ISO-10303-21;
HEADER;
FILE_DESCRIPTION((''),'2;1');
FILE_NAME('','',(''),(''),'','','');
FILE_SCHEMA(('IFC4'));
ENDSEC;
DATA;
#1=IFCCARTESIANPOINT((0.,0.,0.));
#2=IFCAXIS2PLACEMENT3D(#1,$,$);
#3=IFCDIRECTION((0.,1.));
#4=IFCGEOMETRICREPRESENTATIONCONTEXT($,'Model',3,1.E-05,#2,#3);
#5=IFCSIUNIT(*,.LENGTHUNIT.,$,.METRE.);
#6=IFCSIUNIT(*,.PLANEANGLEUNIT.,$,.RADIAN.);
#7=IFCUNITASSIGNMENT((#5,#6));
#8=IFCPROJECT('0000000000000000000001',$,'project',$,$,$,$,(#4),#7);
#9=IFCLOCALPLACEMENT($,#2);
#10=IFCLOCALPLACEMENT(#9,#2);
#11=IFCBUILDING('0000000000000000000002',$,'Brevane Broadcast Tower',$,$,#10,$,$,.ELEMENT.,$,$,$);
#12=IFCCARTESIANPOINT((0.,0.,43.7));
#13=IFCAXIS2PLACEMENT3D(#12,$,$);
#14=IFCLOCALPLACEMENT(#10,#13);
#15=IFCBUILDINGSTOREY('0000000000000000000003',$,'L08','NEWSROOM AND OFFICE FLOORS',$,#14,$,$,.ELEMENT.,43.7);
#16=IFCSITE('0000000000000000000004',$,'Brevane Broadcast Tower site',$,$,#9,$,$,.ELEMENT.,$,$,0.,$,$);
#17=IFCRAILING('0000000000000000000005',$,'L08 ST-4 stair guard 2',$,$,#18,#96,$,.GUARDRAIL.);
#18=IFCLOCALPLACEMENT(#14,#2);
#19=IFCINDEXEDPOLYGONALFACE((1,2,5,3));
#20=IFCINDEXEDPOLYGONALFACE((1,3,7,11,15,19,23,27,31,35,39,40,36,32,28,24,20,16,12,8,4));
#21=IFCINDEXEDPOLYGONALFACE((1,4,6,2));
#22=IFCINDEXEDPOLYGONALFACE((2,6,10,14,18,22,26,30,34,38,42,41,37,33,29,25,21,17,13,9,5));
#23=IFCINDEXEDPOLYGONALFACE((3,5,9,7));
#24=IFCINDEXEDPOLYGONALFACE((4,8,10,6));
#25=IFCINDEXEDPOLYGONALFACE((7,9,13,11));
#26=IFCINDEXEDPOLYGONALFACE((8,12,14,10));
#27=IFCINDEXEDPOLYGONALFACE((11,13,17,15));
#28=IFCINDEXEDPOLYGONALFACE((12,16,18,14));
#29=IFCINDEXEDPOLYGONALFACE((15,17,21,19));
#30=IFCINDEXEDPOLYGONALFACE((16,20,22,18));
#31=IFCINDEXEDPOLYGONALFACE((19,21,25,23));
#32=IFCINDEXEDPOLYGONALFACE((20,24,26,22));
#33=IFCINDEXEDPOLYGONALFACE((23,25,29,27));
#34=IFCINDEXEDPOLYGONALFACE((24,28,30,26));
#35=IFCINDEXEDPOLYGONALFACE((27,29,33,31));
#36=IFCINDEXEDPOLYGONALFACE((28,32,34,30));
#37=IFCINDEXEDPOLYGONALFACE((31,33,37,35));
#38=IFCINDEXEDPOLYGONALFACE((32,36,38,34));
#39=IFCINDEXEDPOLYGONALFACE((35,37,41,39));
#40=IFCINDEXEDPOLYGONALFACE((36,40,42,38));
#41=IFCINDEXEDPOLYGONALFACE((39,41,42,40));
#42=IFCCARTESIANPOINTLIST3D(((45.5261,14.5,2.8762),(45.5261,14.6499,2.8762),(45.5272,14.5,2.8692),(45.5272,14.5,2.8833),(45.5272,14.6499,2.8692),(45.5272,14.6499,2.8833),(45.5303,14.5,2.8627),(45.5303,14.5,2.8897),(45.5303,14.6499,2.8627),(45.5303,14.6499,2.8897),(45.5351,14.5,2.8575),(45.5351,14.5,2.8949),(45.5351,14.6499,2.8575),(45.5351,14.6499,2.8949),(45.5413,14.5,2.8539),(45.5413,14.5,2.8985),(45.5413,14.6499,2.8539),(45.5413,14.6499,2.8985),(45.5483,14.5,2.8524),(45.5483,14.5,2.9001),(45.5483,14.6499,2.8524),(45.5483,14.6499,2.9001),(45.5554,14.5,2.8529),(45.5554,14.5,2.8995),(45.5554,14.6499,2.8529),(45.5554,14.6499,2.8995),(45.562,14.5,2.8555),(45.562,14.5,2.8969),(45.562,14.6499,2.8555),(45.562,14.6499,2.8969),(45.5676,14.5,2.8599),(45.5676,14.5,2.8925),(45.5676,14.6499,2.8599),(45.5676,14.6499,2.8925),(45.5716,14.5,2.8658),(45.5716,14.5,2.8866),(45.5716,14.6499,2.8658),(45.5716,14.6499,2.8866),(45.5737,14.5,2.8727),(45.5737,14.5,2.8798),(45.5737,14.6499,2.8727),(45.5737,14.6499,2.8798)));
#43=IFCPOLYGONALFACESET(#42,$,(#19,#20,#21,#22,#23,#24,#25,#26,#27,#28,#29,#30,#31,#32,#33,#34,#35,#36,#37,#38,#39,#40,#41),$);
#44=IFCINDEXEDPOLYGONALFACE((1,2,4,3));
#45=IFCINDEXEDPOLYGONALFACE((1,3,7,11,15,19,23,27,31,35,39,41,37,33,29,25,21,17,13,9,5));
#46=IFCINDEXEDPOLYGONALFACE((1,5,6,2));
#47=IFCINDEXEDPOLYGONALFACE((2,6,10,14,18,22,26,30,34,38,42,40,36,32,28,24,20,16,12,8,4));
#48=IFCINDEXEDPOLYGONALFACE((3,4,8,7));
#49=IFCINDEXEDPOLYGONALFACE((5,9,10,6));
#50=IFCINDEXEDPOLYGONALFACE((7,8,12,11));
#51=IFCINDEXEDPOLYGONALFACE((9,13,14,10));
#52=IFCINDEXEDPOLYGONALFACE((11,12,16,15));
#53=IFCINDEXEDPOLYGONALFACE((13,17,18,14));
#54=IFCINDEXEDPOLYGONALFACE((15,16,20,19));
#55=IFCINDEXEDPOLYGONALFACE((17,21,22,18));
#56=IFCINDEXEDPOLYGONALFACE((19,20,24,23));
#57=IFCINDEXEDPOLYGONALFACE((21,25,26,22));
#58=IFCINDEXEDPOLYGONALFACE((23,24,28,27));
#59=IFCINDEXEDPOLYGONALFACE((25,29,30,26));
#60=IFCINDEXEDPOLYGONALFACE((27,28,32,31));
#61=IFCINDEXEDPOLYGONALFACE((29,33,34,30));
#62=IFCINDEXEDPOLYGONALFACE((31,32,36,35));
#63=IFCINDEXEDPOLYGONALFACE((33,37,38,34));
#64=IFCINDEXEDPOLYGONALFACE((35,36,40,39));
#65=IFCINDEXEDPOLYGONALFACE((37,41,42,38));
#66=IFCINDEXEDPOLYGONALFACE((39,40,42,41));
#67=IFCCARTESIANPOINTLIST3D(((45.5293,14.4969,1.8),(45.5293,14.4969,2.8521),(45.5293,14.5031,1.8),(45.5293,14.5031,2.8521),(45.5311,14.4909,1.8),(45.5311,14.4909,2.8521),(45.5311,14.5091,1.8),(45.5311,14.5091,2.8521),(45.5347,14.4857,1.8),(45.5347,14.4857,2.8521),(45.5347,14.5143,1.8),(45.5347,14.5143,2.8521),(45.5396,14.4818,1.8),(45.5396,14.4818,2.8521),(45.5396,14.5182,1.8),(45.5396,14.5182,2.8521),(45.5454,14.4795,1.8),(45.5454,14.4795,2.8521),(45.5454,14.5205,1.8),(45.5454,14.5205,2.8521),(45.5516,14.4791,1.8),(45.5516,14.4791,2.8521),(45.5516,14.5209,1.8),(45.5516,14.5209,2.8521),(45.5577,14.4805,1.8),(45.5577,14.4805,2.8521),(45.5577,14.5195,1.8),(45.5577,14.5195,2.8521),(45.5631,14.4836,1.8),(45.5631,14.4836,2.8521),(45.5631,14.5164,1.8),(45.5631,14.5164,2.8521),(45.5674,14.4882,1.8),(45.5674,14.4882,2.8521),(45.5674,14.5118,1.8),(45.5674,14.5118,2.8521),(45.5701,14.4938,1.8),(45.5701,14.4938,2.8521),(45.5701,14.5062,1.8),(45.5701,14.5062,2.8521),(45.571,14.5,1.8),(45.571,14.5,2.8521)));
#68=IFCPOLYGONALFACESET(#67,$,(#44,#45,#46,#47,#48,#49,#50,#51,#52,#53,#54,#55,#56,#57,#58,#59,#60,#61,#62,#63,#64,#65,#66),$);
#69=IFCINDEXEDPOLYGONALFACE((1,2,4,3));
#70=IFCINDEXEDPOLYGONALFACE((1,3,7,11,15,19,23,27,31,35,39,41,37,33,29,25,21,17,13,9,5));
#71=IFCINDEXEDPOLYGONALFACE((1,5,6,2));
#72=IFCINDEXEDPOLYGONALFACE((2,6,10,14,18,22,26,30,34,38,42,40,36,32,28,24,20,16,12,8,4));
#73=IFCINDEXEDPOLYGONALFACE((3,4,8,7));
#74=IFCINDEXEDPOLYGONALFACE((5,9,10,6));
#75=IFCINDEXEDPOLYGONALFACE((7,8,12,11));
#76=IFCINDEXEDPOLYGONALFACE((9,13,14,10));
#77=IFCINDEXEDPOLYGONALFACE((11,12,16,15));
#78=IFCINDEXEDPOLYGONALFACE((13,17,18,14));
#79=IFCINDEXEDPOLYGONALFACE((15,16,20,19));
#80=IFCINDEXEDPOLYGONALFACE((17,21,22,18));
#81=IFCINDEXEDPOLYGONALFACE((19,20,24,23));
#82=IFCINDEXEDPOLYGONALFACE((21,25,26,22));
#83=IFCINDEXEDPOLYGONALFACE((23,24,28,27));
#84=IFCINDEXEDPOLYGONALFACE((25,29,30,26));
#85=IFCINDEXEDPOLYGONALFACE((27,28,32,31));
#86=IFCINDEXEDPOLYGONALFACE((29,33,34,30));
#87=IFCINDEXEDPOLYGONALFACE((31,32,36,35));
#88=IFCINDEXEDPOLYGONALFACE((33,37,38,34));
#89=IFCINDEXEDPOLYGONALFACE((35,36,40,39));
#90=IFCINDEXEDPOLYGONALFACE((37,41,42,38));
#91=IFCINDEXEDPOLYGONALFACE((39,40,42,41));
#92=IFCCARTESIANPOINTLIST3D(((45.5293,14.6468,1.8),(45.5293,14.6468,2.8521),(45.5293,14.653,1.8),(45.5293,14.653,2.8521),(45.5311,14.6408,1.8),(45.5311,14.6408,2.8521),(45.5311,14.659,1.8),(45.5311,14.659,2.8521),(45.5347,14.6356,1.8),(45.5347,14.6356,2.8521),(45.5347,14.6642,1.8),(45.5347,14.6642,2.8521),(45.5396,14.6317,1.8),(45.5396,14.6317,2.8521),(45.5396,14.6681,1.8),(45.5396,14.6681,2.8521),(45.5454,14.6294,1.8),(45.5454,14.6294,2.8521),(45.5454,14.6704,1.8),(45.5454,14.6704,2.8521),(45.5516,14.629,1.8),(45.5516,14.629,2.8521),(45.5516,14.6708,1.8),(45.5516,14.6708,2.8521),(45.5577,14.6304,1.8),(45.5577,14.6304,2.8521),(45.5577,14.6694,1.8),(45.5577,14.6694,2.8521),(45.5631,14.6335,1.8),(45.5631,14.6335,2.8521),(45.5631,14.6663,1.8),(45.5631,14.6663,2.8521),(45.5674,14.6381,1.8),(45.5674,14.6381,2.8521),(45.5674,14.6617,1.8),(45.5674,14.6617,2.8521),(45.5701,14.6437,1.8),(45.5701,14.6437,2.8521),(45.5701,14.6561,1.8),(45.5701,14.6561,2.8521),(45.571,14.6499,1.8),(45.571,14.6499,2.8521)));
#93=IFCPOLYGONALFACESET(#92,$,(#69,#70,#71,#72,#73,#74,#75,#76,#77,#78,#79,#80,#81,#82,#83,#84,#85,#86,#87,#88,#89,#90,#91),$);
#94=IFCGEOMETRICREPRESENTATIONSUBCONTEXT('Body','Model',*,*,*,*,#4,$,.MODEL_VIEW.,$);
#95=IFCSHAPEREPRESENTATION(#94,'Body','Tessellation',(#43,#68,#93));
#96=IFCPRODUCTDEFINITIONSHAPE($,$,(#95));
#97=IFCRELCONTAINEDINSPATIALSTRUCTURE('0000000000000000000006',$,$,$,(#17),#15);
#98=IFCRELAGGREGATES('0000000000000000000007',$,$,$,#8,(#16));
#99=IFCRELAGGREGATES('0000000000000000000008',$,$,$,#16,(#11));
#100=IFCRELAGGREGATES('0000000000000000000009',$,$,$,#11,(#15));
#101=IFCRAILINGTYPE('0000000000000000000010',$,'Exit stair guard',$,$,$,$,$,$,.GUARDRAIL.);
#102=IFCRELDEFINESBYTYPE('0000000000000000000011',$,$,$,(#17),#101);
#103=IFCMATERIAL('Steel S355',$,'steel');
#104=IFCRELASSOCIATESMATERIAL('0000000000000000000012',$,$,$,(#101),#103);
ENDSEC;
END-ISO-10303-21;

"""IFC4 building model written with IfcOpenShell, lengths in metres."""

from ifc_helpers import new_model, si_unit, direction, frame, origin, origin_2d, place, context, subcontext, project, spatial, circle, extrude, material, type_object, element, save


model = new_model("IFC4")

# Units and contexts
model_context = context("Model", 3, precision=1e-05, world=origin(), true_north=direction((0.0, 1.0)))
body_context = subcontext(model_context, "Body", "Model", "MODEL_VIEW")
ifc_project = project(units=[si_unit("LENGTHUNIT", "METRE"), si_unit("PLANEANGLEUNIT", "RADIAN")], contexts=[model_context])

# Site, building, storey
site_placement = place(None, origin())
site = spatial("IfcSite", under=ifc_project, at=site_placement, Name="Brevane Broadcast Tower site", CompositionType="ELEMENT", RefElevation=0.0)
building_placement = place(site_placement, origin())
building = spatial("IfcBuilding", under=site, at=building_placement, Name="Brevane Broadcast Tower", CompositionType="ELEMENT")
storey_placement = place(building_placement, frame((0.0, 0.0, 43.7)))
storey = spatial("IfcBuildingStorey", under=building, at=storey_placement, Name="L08", Description="NEWSROOM AND OFFICE FLOORS", CompositionType="ELEMENT", Elevation=43.7)

# Railing
ifc_material_1 = material(Name="Steel S355", Category="steel")
railing_type_1 = type_object("IfcRailingType", Name="Exit stair guard", PredefinedType="GUARDRAIL", material=ifc_material_1)
railing_1_placement = place(storey_placement, frame((45.55, 14.5, 1.8)))
element("IfcRailing", 1, at=railing_1_placement, inside=storey, type_object=railing_type_1, Name="L08 ST-4 stair guard 2", PredefinedType="GUARDRAIL", context=body_context, shape_type="SweptSolid", body=[
    extrude(circle(Radius=0.0239, at=origin_2d()), frame((0.0, 0.0, 1.0762), z_axis=(0.0, 1.0, 0.0), x_axis=(-1.0, 0.0, 0.0)), (0.0, 0.0, 1.0), 0.1499),
    extrude(circle(Radius=0.021, at=origin_2d()), origin(), (0.0, 0.0, 1.0), 1.052),
    extrude(circle(Radius=0.021, at=origin_2d()), frame((0.0, 0.1499, 0.0)), (0.0, 0.0, 1.0), 1.052),
])

save(model, "model.ifc")
